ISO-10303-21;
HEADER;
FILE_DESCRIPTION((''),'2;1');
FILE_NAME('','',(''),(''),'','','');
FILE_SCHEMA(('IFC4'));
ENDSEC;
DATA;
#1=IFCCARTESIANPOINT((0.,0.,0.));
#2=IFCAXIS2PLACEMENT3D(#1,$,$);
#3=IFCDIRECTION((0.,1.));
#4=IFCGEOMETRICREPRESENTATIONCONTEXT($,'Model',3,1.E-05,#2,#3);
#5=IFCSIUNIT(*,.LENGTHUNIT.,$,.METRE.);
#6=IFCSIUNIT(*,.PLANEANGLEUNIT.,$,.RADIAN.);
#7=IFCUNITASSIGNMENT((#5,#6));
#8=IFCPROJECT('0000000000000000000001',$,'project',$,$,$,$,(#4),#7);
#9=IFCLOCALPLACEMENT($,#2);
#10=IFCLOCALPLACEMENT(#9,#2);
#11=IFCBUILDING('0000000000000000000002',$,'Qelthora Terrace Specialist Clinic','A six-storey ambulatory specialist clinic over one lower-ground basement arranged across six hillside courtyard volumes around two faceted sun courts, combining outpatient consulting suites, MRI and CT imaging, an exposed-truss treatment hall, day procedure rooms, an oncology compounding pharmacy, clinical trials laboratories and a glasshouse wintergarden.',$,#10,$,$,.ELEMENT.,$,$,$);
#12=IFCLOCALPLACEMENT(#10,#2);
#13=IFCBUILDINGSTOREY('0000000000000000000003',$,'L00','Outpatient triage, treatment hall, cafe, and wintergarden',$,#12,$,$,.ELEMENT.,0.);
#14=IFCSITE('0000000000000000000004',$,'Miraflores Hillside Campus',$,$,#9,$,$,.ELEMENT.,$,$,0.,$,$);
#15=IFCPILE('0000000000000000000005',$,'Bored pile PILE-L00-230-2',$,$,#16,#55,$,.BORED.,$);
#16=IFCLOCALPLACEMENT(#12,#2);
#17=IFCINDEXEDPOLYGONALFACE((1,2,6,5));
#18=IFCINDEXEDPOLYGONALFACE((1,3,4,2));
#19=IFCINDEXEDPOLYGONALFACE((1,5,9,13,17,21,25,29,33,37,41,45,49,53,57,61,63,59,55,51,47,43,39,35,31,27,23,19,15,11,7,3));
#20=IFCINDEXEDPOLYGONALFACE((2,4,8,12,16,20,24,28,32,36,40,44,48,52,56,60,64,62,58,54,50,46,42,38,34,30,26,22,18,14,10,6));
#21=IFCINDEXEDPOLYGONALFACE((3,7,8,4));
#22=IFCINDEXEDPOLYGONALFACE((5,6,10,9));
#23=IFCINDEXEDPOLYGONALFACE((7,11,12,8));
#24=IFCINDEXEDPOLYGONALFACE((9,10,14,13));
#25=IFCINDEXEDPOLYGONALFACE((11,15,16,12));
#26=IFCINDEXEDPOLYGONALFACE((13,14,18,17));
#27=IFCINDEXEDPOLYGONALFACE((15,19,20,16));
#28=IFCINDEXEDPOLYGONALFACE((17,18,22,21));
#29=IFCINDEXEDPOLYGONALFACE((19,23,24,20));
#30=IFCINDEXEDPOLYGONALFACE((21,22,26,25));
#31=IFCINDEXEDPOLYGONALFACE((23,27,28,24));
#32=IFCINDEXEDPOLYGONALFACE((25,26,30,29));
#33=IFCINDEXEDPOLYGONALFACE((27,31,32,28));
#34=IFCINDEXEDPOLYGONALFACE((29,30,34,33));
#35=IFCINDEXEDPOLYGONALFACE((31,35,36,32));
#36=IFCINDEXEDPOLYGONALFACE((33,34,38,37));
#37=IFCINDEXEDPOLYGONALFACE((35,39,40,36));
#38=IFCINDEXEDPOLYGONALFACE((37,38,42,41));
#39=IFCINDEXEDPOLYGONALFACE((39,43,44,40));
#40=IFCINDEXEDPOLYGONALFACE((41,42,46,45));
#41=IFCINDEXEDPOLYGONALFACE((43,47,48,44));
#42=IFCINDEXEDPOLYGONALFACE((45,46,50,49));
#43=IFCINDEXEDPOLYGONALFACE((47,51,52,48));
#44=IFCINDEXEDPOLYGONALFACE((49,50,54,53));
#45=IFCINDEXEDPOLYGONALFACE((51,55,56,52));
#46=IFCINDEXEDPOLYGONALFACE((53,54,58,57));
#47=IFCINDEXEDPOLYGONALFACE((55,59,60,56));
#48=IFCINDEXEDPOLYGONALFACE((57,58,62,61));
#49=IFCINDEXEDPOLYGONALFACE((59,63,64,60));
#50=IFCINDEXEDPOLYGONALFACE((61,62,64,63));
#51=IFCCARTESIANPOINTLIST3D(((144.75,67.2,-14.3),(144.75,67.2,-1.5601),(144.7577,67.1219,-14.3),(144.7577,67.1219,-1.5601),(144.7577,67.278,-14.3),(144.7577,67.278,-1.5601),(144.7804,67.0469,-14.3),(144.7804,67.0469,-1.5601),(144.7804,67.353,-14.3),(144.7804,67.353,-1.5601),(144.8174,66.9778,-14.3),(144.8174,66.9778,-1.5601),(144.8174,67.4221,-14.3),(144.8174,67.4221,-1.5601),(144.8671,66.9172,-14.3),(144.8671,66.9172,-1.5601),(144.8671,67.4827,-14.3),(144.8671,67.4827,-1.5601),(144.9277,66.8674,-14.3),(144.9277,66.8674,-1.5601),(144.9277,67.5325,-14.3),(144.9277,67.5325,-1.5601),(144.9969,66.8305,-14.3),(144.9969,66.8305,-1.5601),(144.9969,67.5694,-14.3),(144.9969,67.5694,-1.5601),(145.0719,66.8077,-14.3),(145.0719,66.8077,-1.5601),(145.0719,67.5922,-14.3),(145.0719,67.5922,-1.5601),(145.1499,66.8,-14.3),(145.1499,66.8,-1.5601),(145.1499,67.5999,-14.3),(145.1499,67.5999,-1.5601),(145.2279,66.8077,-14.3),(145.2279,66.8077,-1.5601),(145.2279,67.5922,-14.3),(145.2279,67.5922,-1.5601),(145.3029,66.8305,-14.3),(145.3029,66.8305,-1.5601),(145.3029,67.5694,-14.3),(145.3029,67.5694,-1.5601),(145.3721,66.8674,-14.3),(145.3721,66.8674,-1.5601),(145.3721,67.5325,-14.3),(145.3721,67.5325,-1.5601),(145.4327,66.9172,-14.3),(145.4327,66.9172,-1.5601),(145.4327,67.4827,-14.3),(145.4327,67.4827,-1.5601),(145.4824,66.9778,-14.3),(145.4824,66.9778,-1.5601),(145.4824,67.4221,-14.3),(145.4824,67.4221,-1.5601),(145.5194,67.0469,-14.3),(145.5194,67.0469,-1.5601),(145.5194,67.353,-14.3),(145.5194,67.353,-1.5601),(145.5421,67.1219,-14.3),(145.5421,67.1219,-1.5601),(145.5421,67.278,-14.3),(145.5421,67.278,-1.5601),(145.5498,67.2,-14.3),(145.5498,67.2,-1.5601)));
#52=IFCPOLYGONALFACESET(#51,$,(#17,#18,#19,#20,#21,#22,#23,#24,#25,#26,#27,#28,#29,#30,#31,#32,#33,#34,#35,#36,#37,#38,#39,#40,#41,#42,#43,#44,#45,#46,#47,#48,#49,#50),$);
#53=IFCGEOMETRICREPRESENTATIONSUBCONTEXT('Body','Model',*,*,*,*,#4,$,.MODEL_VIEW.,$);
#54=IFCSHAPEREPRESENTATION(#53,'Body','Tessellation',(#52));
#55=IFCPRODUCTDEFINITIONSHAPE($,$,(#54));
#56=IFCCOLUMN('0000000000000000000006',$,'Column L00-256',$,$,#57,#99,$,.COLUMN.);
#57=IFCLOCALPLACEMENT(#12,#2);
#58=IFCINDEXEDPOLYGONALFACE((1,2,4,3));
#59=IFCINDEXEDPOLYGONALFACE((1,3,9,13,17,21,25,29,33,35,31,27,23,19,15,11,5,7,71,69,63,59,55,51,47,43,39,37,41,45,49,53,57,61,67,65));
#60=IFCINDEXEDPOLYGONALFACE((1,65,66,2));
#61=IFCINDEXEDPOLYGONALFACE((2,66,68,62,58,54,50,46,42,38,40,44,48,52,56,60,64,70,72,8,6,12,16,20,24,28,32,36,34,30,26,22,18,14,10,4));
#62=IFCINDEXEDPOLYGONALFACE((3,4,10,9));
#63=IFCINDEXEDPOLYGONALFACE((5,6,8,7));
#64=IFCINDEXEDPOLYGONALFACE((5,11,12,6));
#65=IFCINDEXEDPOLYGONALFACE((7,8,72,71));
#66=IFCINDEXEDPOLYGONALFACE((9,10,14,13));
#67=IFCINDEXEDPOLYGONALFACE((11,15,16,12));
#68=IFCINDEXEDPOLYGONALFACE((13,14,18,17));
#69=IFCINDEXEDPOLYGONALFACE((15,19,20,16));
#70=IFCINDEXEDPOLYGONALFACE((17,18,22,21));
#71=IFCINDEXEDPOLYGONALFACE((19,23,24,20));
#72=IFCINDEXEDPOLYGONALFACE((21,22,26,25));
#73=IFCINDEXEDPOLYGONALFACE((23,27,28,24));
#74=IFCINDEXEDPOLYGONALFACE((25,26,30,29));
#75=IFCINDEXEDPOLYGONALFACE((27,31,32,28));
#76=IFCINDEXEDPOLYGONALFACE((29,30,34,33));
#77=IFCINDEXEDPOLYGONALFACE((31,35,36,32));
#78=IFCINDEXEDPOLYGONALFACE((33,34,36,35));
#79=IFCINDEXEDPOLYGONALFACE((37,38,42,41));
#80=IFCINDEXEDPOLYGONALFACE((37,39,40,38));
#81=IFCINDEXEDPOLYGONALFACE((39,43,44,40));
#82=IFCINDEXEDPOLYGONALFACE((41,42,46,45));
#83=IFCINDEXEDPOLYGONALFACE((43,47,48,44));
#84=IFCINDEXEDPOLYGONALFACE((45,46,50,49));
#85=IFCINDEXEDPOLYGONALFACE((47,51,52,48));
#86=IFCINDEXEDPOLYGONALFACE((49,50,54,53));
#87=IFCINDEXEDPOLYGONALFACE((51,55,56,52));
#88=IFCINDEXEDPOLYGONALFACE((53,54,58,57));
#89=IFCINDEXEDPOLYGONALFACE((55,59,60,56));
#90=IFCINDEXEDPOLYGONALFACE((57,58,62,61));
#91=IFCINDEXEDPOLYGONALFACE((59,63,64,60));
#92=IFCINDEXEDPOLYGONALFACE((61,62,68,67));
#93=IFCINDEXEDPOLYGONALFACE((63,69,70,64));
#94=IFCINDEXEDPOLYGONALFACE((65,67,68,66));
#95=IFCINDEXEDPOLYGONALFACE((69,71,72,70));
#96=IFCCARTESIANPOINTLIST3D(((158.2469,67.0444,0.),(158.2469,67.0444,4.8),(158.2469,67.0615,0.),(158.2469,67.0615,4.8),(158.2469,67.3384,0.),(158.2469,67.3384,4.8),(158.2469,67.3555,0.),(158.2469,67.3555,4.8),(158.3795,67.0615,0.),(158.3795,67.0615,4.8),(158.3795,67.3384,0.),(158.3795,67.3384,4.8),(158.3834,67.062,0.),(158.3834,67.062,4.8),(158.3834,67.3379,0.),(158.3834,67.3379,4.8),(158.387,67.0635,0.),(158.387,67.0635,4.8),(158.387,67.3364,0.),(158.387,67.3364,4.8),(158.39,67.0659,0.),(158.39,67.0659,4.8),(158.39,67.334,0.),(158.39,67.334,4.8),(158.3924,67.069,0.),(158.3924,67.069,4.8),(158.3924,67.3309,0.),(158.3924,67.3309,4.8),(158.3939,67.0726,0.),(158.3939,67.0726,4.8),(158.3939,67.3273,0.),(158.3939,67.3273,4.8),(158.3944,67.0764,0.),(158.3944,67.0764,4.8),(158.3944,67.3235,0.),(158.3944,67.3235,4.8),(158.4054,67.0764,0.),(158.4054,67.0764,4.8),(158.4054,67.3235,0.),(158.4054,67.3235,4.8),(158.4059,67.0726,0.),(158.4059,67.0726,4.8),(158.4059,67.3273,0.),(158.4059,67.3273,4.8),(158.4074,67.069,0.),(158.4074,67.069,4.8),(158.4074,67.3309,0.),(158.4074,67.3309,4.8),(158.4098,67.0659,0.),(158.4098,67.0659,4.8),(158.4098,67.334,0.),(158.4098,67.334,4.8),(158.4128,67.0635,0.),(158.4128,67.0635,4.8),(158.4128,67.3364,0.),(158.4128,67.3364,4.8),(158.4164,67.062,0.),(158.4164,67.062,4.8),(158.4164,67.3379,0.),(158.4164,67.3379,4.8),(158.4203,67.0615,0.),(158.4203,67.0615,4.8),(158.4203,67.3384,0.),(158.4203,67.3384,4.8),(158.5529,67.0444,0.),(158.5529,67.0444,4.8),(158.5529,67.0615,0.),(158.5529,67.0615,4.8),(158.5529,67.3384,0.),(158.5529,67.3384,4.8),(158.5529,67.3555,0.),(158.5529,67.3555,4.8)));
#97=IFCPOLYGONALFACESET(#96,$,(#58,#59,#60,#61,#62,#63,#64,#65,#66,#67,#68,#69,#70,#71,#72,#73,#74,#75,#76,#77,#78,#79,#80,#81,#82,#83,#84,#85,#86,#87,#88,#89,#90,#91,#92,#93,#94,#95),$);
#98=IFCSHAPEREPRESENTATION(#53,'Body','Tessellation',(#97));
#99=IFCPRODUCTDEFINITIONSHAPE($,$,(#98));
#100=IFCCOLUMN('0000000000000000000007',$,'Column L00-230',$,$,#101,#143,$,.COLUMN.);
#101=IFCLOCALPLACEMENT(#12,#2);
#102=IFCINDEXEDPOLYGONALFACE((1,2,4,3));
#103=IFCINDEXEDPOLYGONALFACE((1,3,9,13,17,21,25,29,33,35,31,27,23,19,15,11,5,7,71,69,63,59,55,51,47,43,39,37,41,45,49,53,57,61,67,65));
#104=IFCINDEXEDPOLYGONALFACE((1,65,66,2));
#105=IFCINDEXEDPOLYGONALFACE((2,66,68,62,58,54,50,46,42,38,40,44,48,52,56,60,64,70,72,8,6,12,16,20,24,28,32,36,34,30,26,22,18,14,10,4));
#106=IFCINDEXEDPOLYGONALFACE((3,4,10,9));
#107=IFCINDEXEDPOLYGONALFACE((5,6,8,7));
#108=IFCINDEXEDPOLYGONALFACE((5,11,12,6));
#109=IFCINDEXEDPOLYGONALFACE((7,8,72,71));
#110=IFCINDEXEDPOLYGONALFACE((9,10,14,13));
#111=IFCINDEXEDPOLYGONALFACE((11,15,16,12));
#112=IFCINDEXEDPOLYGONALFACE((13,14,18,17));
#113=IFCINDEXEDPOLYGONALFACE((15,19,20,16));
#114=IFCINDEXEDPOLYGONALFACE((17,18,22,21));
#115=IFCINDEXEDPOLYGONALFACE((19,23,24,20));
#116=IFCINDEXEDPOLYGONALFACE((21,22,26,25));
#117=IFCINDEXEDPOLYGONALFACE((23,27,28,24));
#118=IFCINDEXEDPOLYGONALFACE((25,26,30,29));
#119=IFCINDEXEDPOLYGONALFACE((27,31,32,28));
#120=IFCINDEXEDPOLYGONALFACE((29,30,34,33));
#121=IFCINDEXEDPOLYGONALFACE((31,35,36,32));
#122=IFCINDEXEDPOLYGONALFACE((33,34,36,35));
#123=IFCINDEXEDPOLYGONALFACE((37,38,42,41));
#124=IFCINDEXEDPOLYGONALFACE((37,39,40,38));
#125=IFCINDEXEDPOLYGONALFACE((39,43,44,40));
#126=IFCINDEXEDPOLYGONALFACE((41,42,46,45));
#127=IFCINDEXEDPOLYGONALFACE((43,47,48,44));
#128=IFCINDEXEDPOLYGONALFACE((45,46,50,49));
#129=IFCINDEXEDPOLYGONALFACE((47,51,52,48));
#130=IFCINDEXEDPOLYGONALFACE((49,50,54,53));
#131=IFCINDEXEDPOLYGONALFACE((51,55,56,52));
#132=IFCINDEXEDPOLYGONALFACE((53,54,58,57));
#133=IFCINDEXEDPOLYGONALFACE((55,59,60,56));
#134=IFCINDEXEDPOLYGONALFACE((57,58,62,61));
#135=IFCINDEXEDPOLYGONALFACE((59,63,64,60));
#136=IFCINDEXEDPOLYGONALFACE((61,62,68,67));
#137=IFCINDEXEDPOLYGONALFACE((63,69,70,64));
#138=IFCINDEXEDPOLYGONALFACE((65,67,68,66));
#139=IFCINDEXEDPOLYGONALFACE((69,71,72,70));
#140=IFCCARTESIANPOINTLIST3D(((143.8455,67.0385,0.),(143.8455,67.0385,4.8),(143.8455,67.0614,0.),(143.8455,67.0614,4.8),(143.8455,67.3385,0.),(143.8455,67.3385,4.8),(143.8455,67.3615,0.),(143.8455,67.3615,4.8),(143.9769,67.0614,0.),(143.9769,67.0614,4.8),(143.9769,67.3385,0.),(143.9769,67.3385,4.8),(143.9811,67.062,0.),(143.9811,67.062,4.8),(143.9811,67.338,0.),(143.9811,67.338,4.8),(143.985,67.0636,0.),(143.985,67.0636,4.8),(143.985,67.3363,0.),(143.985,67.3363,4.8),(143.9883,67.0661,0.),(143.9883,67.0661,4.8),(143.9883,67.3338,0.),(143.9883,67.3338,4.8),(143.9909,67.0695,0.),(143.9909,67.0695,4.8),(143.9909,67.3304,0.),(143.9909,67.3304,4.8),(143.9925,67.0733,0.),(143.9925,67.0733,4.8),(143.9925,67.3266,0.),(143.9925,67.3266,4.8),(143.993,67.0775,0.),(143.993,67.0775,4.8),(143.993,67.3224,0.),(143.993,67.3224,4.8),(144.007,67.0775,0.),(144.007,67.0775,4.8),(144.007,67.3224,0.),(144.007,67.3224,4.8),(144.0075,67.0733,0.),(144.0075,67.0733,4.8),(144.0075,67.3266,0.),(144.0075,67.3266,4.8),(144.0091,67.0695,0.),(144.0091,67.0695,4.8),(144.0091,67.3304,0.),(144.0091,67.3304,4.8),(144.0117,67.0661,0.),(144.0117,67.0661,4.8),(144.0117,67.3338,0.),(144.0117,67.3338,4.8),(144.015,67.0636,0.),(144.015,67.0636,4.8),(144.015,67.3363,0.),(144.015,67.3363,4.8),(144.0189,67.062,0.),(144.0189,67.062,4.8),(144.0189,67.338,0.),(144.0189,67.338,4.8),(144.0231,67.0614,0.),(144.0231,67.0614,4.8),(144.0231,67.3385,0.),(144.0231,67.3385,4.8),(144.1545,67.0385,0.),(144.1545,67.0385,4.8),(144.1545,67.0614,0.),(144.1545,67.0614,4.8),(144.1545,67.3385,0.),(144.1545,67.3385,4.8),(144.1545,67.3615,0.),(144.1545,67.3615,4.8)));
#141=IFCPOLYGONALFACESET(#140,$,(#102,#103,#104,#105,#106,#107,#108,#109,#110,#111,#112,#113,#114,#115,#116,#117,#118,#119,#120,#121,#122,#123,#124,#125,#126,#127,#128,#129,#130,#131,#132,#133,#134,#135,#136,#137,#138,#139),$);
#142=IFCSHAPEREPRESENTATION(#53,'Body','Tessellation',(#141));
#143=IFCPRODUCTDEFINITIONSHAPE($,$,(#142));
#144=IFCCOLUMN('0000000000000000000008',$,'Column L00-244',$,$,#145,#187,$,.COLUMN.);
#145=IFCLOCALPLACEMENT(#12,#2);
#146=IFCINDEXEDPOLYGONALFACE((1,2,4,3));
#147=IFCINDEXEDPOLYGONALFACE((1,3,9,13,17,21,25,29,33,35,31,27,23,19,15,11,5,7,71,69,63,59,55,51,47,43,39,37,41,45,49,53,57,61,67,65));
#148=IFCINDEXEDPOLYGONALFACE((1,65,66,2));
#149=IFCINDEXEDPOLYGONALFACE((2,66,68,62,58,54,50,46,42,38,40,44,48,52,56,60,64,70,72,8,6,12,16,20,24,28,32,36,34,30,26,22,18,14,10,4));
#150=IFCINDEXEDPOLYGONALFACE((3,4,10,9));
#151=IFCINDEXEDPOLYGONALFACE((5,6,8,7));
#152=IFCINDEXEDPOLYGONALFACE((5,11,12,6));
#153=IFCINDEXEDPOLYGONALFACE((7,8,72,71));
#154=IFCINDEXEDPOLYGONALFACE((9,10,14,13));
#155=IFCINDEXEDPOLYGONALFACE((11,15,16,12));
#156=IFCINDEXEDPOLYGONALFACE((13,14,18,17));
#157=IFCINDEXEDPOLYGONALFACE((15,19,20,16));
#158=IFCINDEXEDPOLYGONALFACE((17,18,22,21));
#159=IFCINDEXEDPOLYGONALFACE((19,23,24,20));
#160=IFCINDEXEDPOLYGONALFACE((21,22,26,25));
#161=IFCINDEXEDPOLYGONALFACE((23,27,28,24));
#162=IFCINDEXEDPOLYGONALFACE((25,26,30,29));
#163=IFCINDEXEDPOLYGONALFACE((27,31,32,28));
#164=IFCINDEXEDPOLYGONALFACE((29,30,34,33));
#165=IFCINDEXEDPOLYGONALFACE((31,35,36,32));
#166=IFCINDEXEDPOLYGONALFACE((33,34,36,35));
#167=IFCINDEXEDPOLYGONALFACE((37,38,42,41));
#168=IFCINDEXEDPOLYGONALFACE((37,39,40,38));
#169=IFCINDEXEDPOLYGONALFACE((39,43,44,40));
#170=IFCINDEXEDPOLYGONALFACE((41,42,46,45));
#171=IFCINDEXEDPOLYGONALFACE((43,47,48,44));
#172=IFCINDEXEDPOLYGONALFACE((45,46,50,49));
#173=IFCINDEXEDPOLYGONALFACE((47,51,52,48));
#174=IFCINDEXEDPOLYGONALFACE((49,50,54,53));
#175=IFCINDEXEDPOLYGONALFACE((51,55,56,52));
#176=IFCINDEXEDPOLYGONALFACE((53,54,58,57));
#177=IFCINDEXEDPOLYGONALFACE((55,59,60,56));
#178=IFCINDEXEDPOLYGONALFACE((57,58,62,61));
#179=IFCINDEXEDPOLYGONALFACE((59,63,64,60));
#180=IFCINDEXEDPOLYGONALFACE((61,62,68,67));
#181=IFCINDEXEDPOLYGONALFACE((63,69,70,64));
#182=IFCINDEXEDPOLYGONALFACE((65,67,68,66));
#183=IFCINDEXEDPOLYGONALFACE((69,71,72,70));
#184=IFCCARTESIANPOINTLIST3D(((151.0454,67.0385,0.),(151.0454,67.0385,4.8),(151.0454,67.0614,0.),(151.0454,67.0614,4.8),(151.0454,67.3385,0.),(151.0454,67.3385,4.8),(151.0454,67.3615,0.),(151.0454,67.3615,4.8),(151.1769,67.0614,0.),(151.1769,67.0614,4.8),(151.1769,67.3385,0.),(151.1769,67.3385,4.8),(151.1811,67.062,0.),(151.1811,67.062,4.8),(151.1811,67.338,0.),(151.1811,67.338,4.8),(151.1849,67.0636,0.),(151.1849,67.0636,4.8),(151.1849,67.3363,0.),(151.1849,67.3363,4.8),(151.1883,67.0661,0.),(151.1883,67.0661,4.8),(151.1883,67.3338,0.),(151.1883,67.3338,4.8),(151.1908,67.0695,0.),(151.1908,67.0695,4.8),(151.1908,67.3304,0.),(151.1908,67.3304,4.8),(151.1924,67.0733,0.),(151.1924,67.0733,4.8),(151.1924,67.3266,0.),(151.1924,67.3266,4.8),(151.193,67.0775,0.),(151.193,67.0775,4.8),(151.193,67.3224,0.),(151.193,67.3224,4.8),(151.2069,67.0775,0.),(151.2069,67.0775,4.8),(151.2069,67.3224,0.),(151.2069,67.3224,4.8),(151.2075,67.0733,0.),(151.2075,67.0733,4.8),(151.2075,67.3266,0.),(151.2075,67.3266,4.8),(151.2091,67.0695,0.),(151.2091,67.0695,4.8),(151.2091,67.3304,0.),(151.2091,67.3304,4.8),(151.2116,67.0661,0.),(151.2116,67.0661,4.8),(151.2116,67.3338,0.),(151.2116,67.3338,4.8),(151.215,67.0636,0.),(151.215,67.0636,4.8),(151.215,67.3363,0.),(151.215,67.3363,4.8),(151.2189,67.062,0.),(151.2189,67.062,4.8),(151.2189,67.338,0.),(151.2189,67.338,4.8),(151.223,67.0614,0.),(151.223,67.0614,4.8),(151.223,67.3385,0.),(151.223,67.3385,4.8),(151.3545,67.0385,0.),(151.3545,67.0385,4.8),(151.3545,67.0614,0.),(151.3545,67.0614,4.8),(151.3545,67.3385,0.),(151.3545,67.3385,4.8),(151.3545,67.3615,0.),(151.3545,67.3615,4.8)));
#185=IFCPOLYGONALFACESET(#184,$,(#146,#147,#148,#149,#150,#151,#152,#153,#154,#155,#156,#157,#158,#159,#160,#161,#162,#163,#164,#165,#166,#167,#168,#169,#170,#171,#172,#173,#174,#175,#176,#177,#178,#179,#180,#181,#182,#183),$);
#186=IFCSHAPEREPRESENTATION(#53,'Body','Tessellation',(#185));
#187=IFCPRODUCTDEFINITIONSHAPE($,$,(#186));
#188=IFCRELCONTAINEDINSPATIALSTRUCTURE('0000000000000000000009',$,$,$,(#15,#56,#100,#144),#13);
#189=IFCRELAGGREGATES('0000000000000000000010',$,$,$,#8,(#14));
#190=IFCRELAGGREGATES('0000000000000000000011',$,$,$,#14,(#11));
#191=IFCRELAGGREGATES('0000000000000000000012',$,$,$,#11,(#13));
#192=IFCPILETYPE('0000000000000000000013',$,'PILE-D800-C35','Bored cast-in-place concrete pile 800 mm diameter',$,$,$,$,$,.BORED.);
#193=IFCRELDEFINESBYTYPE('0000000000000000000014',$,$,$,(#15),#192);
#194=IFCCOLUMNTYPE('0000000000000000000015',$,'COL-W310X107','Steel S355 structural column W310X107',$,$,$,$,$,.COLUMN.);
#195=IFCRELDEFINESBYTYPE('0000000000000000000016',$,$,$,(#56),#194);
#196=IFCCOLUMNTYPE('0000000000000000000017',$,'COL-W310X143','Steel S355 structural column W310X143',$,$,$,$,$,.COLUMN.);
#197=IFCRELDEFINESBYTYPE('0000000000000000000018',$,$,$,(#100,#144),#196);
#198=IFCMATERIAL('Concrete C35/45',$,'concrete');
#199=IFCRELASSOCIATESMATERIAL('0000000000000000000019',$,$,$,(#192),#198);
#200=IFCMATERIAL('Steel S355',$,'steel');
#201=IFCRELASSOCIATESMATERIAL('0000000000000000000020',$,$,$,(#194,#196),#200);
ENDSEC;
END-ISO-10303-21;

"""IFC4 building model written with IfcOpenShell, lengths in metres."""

from ifc_helpers import new_model, si_unit, direction, frame, origin, origin_2d, place, context, subcontext, project, spatial, circle, i_section, extrude, material, material_profile, profile_set, type_object, element, save


model = new_model("IFC4")

# Units and contexts
model_context = context("Model", 3, precision=1e-05, world=origin(), true_north=direction((0.0, 1.0)))
body_context = subcontext(model_context, "Body", "Model", "MODEL_VIEW")
ifc_project = project(units=[si_unit("LENGTHUNIT", "METRE"), si_unit("PLANEANGLEUNIT", "RADIAN")], contexts=[model_context])

# Site, building, storey
site_placement = place(None, origin())
site = spatial("IfcSite", under=ifc_project, at=site_placement, Name="Miraflores Hillside Campus", CompositionType="ELEMENT", RefElevation=0.0)
building_placement = place(site_placement, origin())
building = spatial("IfcBuilding", under=site, at=building_placement, Name="Qelthora Terrace Specialist Clinic", Description="A six-storey ambulatory specialist clinic over one lower-ground basement arranged across six hillside courtyard volumes around two faceted sun courts, combining outpatient consulting suites, MRI and CT imaging, an exposed-truss treatment hall, day procedure rooms, an oncology compounding pharmacy, clinical trials laboratories and a glasshouse wintergarden.", CompositionType="ELEMENT")
storey_placement = place(building_placement, origin())
storey = spatial("IfcBuildingStorey", under=building, at=storey_placement, Name="L00", Description="Outpatient triage, treatment hall, cafe, and wintergarden", CompositionType="ELEMENT", Elevation=0.0)

# Shared definitions
ifc_material_1 = material(Name="Concrete C35/45", Category="concrete")

# Pile
ifc_material_profile_1 = material_profile(ifc_material_1, circle(Radius=0.3999, at=origin_2d()), Name="PILE800")
ifc_profile_set_1 = profile_set([ifc_material_profile_1], Name="Concrete C35/45")
pile_type_1 = type_object("IfcPileType", Name="PILE-D800-C35", Description="Bored cast-in-place concrete pile 800 mm diameter", PredefinedType="BORED", material=ifc_profile_set_1)
for number, where, z_axis, x_axis, name in (
    (1, (145.1499, 67.2, -1.5601), (0.0, 0.0, -1.0), (1.0, 0.0, 0.0), "Bored pile PILE-L00-230-2"),
):
    element("IfcPile", number, at=place(storey_placement, frame(where, z_axis=z_axis, x_axis=x_axis)), inside=storey, type_object=pile_type_1, Name=name, PredefinedType="BORED", context=body_context, shape_type="SweptSolid", body=[
        extrude(circle(Radius=0.3999, at=origin_2d()), origin(), (0.0, 0.0, 1.0), 12.74),
    ])

# Columns
ifc_material_2 = material(Name="Steel S355", Category="steel")
ifc_material_profile_2 = material_profile(ifc_material_2, i_section(OverallWidth=0.3059, OverallDepth=0.311, WebThickness=0.011, FlangeThickness=0.0171, FilletRadius=0.0149, at=origin_2d()), Name="W310X107")
ifc_profile_set_2 = profile_set([ifc_material_profile_2], Name="Steel S355")
column_type_1 = type_object("IfcColumnType", Name="COL-W310X107", Description="Steel S355 structural column W310X107", PredefinedType="COLUMN", material=ifc_profile_set_2)
column_placement = place(storey_placement, frame((158.3999, 67.2, 0.0), z_axis=(0.0, 0.0, 1.0), x_axis=(1.0, 0.0, 0.0)))
element("IfcColumn", 2, at=column_placement, inside=storey, type_object=column_type_1, Name="Column L00-256", PredefinedType="COLUMN", context=body_context, shape_type="SweptSolid", body=[
    extrude(i_section(OverallWidth=0.3059, OverallDepth=0.311, WebThickness=0.011, FlangeThickness=0.0171, FilletRadius=0.0149, at=origin_2d()), origin(), (0.0, 0.0, 1.0), 4.8),
])
ifc_material_profile_3 = material_profile(ifc_material_2, i_section(OverallWidth=0.3091, OverallDepth=0.323, WebThickness=0.0139, FlangeThickness=0.0229, FilletRadius=0.0161, at=origin_2d()), Name="W310X143")
ifc_profile_set_3 = profile_set([ifc_material_profile_3], Name="Steel S355")
column_type_2 = type_object("IfcColumnType", Name="COL-W310X143", Description="Steel S355 structural column W310X143", PredefinedType="COLUMN", material=ifc_profile_set_3)
for number, where, z_axis, x_axis, name in (
    (3, (144.0, 67.2, 0.0), (0.0, 0.0, 1.0), (1.0, 0.0, 0.0), "Column L00-230"),
    (4, (151.2, 67.2, 0.0), (0.0, 0.0, 1.0), (1.0, 0.0, 0.0), "Column L00-244"),
):
    element("IfcColumn", number, at=place(storey_placement, frame(where, z_axis=z_axis, x_axis=x_axis)), inside=storey, type_object=column_type_2, Name=name, PredefinedType="COLUMN", context=body_context, shape_type="SweptSolid", body=[
        extrude(i_section(OverallWidth=0.3091, OverallDepth=0.323, WebThickness=0.0139, FlangeThickness=0.0229, FilletRadius=0.0161, at=origin_2d()), origin(), (0.0, 0.0, 1.0), 4.8),
    ])

save(model, "model.ifc")
